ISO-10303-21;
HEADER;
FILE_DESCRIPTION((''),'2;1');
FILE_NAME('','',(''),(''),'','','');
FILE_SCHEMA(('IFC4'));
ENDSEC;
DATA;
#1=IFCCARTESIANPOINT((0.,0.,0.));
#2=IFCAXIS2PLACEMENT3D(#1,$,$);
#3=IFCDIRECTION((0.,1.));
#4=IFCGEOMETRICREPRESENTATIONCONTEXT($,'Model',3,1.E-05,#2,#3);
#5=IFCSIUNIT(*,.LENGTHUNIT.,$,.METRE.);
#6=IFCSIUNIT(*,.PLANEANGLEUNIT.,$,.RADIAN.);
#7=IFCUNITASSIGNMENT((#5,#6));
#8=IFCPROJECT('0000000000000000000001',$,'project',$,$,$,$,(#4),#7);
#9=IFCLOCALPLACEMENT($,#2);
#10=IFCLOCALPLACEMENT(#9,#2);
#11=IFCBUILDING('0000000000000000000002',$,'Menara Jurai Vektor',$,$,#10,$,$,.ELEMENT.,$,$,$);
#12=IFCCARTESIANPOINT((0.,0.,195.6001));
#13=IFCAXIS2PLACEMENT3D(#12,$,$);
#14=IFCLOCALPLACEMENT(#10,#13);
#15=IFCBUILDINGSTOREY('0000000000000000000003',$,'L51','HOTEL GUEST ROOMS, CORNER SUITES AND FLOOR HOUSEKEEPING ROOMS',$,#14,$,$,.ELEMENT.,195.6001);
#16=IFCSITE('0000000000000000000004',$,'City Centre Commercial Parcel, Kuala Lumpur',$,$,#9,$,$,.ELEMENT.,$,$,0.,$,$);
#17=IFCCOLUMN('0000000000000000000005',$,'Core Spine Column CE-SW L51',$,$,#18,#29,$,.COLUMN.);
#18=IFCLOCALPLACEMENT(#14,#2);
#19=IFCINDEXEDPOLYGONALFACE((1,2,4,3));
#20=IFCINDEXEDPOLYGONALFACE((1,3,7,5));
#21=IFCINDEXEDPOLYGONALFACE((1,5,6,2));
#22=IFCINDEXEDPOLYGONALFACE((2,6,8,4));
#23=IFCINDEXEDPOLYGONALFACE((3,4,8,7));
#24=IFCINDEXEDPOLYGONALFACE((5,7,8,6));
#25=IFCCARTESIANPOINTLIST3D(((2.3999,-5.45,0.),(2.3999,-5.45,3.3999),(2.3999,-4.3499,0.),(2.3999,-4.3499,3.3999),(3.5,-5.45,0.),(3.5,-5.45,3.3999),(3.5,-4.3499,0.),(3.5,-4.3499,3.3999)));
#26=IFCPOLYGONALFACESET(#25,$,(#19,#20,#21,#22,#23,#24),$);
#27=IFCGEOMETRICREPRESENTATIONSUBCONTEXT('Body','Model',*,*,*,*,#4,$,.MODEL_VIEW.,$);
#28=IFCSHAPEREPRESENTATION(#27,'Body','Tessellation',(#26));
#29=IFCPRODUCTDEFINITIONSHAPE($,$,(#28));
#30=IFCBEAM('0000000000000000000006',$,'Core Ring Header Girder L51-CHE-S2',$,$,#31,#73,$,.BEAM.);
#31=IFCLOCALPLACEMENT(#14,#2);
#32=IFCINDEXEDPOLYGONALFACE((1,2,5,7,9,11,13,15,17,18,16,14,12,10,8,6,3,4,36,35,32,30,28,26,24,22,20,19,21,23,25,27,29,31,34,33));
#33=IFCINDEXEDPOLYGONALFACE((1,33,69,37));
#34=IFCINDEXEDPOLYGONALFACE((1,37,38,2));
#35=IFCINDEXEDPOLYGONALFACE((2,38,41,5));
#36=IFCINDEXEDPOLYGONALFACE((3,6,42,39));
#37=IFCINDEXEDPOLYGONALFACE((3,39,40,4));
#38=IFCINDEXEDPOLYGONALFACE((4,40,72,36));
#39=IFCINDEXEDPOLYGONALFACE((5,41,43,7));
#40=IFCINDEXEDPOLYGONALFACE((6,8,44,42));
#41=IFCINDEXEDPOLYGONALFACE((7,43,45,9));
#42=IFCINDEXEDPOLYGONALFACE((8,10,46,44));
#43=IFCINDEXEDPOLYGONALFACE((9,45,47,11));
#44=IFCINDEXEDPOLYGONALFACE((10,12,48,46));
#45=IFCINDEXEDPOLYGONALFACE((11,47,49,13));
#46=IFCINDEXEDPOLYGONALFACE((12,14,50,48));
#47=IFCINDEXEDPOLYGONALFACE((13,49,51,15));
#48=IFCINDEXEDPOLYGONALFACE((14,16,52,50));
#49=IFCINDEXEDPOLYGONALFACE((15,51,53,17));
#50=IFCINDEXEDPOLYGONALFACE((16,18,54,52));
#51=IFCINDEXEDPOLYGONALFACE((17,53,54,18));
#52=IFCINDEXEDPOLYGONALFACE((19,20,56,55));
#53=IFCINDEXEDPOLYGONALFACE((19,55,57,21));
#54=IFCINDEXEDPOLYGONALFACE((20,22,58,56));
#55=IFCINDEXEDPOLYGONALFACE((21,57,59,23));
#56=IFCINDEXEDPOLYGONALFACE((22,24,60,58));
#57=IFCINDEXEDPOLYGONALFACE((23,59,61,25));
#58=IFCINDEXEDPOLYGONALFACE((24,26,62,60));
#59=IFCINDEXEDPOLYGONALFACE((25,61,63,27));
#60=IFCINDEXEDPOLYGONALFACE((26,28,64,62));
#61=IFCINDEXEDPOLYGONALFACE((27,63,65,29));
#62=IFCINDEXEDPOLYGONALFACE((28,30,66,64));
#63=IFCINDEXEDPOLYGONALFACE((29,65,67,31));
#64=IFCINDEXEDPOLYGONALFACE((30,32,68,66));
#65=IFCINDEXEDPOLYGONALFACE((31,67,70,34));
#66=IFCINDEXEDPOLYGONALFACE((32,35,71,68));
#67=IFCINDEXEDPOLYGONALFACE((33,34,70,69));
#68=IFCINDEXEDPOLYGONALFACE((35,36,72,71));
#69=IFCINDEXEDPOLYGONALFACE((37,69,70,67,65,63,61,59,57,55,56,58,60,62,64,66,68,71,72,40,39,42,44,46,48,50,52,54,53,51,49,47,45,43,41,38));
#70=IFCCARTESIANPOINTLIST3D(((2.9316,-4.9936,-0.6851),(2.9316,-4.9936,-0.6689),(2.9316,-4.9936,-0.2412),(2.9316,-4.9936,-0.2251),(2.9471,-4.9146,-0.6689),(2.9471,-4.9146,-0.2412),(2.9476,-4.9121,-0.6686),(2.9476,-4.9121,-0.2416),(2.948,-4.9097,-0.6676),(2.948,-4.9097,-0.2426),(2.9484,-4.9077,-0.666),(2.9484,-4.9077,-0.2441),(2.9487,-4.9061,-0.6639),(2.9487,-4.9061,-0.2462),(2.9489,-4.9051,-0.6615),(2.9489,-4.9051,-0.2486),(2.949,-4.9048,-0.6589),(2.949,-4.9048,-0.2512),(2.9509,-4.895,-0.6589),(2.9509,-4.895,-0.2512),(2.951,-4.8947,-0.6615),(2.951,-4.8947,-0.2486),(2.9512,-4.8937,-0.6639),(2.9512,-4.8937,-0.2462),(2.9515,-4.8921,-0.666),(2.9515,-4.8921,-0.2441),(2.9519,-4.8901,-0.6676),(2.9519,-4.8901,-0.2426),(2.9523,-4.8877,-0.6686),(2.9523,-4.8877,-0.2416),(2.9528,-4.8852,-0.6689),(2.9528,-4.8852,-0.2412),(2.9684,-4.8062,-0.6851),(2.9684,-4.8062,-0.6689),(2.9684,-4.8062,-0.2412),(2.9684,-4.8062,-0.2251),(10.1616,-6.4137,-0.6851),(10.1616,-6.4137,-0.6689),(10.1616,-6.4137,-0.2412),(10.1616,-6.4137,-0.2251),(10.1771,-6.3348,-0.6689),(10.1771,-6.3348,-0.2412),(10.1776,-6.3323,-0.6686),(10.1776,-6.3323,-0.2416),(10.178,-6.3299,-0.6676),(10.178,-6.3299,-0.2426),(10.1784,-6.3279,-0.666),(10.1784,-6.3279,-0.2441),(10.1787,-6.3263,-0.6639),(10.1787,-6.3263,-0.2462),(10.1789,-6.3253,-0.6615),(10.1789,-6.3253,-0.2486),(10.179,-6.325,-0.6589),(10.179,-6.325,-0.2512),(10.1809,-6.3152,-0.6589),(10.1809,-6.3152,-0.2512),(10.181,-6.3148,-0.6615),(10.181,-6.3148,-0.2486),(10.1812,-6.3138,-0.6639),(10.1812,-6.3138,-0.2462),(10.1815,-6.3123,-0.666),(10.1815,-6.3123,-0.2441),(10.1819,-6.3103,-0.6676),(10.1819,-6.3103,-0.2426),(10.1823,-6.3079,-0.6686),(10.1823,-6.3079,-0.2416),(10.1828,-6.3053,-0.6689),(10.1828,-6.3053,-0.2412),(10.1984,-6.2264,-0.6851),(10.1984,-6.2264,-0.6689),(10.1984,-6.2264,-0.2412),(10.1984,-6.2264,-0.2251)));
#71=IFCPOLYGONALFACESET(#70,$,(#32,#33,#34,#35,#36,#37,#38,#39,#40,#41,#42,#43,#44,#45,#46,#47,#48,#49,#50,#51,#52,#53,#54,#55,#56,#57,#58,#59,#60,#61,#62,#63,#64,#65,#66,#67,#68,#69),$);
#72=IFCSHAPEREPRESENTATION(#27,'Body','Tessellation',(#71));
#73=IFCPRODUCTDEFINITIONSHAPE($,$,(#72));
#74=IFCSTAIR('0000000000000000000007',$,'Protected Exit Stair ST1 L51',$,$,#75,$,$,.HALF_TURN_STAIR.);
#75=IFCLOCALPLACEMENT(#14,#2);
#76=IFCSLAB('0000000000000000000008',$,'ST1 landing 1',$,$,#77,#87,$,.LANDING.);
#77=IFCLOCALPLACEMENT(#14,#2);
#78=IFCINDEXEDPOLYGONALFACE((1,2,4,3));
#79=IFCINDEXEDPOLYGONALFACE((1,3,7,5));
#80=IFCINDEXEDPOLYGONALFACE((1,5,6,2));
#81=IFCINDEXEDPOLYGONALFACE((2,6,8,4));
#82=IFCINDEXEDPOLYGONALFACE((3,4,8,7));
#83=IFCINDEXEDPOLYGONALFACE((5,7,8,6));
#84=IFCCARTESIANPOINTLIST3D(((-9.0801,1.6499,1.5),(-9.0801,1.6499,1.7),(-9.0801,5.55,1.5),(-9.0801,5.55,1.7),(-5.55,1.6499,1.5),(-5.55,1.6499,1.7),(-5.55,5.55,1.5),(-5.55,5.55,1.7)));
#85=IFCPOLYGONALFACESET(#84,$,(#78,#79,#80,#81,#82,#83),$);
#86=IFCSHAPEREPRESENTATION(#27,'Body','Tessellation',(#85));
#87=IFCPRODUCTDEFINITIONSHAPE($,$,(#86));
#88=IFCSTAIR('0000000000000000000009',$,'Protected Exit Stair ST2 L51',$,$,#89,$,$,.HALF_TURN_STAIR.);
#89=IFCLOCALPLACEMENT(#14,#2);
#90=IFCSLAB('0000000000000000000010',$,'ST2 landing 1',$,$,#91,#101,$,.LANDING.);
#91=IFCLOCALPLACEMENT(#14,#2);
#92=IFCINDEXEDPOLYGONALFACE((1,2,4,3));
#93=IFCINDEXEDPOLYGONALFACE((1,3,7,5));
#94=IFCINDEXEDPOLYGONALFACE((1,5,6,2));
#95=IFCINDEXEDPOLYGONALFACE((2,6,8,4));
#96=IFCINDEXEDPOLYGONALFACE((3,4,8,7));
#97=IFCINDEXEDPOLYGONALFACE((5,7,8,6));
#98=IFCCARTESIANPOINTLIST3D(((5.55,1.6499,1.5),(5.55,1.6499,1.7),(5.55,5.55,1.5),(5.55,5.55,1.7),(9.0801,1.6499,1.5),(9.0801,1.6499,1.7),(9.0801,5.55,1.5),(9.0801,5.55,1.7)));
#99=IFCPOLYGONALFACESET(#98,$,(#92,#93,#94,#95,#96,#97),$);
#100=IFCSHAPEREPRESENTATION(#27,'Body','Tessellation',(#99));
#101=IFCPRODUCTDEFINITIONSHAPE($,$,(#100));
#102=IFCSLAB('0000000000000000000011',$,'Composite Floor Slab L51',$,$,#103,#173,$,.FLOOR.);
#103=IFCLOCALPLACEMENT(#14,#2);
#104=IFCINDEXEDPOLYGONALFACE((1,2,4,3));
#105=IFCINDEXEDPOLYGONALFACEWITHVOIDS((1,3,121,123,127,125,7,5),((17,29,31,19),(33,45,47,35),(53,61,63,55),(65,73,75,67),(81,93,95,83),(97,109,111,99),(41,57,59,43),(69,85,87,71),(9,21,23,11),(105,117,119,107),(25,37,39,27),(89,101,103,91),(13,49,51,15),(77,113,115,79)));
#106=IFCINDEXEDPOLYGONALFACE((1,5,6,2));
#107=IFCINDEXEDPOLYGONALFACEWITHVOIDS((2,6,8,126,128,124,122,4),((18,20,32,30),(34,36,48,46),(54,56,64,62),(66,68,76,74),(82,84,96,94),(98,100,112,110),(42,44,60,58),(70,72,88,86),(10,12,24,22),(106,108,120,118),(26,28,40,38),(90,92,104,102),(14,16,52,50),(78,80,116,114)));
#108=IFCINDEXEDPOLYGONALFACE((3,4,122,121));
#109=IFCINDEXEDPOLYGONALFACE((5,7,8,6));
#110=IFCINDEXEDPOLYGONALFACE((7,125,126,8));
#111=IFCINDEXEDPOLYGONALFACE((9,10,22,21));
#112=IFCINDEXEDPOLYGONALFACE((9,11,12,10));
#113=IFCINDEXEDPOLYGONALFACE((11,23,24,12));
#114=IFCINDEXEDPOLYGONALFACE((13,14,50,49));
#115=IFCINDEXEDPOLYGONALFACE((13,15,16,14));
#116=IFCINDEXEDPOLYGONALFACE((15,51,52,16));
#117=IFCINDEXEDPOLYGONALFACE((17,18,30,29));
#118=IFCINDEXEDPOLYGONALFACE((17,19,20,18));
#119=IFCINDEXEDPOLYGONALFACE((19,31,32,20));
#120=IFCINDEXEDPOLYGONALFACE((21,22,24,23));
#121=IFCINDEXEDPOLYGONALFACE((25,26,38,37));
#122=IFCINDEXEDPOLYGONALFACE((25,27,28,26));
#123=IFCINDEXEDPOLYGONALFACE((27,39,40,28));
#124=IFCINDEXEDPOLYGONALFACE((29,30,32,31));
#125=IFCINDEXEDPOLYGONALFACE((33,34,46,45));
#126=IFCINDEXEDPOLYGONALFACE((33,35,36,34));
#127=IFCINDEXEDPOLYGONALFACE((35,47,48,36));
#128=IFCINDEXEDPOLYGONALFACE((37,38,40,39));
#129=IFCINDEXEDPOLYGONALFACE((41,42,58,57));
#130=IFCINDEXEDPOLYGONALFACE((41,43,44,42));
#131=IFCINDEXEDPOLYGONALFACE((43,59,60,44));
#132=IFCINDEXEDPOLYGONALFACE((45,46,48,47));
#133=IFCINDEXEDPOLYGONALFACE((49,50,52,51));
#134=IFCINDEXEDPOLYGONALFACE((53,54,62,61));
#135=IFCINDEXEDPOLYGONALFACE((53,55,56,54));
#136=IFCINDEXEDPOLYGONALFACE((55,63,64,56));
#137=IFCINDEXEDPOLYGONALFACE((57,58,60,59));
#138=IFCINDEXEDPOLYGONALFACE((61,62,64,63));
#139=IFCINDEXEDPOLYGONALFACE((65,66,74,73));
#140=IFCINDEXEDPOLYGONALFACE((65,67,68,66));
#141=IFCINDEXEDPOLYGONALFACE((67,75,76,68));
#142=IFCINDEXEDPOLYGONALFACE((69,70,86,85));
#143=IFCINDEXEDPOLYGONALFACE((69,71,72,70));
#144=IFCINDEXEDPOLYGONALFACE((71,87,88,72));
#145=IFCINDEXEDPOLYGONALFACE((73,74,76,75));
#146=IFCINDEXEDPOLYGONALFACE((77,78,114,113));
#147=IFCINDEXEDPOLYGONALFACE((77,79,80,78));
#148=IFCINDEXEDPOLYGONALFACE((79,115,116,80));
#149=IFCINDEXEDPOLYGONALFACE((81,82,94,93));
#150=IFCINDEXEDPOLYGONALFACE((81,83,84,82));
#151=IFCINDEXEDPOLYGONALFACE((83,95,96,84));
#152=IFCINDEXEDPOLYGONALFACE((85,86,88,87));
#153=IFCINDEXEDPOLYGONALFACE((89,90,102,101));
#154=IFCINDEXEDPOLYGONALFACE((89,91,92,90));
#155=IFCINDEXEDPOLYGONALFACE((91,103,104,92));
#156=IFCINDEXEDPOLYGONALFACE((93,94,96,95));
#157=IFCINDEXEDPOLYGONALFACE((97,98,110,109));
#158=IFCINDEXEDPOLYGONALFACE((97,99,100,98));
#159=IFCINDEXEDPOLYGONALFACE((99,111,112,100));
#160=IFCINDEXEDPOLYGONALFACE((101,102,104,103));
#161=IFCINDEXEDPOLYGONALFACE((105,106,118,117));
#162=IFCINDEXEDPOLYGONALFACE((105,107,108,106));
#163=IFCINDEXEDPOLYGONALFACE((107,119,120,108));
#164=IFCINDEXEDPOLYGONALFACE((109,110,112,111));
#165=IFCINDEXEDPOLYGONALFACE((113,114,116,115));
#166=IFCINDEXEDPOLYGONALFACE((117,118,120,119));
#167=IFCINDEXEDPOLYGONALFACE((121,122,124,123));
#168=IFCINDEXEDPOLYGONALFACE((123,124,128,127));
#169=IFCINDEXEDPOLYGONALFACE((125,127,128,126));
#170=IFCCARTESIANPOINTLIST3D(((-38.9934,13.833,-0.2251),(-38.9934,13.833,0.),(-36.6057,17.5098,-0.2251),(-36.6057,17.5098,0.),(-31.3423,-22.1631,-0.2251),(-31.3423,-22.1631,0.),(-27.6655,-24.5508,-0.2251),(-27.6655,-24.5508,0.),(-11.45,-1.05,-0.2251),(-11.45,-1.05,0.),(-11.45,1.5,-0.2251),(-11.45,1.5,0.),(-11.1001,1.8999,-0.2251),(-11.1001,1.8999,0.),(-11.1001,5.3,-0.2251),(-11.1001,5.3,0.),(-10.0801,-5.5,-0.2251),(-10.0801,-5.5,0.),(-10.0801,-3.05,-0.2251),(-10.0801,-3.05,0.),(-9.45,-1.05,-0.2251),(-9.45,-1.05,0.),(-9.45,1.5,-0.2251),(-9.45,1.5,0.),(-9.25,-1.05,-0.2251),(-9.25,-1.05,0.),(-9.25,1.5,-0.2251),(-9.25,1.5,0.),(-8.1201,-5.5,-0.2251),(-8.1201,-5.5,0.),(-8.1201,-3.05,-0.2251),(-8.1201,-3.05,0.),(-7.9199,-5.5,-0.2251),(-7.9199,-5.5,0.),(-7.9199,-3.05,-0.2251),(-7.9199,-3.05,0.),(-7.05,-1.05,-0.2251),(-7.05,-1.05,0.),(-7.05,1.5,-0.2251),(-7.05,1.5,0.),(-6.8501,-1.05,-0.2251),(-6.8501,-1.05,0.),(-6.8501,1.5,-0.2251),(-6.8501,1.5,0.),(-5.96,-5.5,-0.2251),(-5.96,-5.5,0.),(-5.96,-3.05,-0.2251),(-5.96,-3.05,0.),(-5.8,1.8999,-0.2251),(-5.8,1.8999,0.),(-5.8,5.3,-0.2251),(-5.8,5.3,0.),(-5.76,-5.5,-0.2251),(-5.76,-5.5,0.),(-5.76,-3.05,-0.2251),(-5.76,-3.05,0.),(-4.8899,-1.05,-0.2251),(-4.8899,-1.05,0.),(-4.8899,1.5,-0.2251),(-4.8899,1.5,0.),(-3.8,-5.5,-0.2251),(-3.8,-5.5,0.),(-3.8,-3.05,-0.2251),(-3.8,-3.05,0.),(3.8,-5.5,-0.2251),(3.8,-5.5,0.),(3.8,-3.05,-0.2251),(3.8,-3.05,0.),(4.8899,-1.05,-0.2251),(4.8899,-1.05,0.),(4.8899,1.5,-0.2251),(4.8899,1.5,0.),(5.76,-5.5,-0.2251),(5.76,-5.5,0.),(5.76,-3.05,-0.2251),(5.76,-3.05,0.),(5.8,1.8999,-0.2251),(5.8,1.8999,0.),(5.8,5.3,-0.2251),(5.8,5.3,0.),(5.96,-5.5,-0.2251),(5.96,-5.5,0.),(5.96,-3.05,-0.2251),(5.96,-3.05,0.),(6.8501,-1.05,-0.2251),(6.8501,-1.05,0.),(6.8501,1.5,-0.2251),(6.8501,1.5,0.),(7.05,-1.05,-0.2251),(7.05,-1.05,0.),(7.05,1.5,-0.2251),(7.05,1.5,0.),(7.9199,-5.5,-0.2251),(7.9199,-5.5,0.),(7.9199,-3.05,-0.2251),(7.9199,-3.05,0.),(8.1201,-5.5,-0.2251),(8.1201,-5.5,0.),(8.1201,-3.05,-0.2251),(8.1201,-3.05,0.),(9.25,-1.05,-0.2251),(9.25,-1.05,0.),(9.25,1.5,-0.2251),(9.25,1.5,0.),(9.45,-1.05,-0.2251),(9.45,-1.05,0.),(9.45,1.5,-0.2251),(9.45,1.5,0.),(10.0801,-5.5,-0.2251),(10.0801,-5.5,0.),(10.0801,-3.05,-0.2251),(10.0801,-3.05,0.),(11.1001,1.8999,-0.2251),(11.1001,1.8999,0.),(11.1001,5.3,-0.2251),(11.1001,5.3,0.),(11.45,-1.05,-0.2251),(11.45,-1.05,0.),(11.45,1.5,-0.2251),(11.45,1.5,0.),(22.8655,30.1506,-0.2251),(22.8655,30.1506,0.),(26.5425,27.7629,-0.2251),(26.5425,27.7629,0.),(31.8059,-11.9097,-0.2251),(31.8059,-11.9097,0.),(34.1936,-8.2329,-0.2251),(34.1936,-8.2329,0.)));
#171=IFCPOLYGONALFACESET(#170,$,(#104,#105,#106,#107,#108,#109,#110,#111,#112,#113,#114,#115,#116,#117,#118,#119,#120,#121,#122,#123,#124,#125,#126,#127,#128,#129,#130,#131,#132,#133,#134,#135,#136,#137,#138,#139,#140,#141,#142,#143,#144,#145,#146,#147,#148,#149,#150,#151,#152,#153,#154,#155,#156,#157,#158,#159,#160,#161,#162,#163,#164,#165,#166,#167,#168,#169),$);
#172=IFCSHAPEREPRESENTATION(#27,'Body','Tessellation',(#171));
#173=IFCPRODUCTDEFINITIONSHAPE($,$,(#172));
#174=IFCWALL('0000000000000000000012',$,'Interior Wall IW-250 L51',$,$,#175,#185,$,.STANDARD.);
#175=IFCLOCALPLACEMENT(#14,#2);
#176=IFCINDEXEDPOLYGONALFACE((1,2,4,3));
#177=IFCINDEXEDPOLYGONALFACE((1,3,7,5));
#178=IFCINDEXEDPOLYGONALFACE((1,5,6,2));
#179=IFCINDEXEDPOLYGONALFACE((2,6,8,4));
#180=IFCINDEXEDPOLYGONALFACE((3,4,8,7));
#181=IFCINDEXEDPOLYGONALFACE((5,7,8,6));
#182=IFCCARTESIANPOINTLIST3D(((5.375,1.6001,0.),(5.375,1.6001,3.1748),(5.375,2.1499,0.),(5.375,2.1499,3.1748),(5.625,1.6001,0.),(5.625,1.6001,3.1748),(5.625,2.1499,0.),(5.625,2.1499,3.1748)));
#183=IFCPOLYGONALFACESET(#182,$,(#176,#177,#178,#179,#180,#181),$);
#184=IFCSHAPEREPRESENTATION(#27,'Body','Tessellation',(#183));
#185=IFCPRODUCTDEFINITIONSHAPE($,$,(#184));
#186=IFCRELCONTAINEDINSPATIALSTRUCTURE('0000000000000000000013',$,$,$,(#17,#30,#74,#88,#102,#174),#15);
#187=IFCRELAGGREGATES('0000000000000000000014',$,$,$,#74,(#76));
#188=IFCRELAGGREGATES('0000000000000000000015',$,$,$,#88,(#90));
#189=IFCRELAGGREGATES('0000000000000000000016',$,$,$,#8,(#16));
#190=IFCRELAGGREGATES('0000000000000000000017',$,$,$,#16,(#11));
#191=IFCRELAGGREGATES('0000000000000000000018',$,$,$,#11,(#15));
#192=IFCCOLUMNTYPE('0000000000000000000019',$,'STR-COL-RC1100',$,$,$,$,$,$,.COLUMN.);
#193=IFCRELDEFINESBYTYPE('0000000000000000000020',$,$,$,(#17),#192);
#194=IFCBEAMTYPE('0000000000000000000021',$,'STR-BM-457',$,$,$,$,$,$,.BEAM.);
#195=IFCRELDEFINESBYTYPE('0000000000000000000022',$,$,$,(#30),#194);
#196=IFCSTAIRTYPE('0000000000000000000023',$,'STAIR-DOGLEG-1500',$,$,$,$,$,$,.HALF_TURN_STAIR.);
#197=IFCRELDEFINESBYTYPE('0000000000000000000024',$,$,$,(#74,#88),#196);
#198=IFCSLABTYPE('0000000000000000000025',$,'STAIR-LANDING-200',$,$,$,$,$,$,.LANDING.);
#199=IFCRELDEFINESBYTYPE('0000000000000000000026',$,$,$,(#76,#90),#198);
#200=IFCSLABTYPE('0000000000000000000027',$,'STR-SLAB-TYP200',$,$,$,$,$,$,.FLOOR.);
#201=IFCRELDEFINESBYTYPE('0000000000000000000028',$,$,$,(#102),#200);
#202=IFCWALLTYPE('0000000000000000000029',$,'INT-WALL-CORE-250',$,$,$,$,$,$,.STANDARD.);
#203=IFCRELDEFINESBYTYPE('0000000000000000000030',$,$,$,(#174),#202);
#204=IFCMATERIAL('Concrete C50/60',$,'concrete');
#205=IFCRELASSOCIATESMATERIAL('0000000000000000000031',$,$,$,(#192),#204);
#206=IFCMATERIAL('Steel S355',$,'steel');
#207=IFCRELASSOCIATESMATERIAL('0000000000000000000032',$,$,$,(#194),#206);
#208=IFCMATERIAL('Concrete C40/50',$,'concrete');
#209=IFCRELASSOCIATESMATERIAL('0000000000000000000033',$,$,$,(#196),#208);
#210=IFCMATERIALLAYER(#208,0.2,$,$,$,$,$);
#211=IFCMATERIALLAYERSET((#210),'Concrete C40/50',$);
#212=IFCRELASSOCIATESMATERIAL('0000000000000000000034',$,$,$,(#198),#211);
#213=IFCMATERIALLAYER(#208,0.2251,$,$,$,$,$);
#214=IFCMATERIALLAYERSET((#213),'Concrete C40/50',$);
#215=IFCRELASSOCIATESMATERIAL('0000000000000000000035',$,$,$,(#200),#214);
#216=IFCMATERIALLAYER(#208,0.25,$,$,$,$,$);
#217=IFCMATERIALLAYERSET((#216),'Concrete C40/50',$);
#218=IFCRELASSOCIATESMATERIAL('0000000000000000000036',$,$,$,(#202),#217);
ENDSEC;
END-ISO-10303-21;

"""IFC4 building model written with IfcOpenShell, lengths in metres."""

from ifc_helpers import new_model, si_unit, direction, frame, frame_2d, origin, origin_2d, place, context, subcontext, project, spatial, polyline, rectangle, i_section, outline, extrude, material, layer, layer_set, material_profile, profile_set, type_object, element, aggregate, save


model = new_model("IFC4")

# Units and contexts
model_context = context("Model", 3, precision=1e-05, world=origin(), true_north=direction((0.0, 1.0)))
body_context = subcontext(model_context, "Body", "Model", "MODEL_VIEW")
ifc_project = project(units=[si_unit("LENGTHUNIT", "METRE"), si_unit("PLANEANGLEUNIT", "RADIAN")], contexts=[model_context])

# Site, building, storey
site_placement = place(None, origin())
site = spatial("IfcSite", under=ifc_project, at=site_placement, Name="City Centre Commercial Parcel, Kuala Lumpur", CompositionType="ELEMENT", RefElevation=0.0)
building_placement = place(site_placement, origin())
building = spatial("IfcBuilding", under=site, at=building_placement, Name="Menara Jurai Vektor", CompositionType="ELEMENT")
storey_placement = place(building_placement, frame((0.0, 0.0, 195.6001)))
storey = spatial("IfcBuildingStorey", under=building, at=storey_placement, Name="L51", Description="HOTEL GUEST ROOMS, CORNER SUITES AND FLOOR HOUSEKEEPING ROOMS", CompositionType="ELEMENT", Elevation=195.6001)

# Column
ifc_material_1 = material(Name="Concrete C50/60", Category="concrete")
ifc_material_profile_1 = material_profile(ifc_material_1, rectangle(XDim=1.1001, YDim=1.1001, at=origin_2d()), Name="RC 1100x1100")
ifc_profile_set_1 = profile_set([ifc_material_profile_1], Name="Concrete C50/60")
column_type = type_object("IfcColumnType", Name="STR-COL-RC1100", PredefinedType="COLUMN", material=ifc_profile_set_1)
column_placement = place(storey_placement, frame((2.95, -4.8999, 0.0), z_axis=(0.0, 0.0, 1.0), x_axis=(1.0, 0.0, 0.0)))
element("IfcColumn", 1, at=column_placement, inside=storey, type_object=column_type, Name="Core Spine Column CE-SW L51", PredefinedType="COLUMN", context=body_context, shape_type="SweptSolid", body=[
    extrude(rectangle(XDim=1.1001, YDim=1.1001, at=origin_2d()), origin(), (0.0, 0.0, 1.0), 3.3999),
])

# Beam
ifc_material_2 = material(Name="Steel S355", Category="steel")
ifc_material_profile_2 = material_profile(ifc_material_2, i_section(OverallWidth=0.1909, OverallDepth=0.46, WebThickness=0.01, FlangeThickness=0.0161, FilletRadius=0.01, at=origin_2d()), Name="UKB 457x191x82")
ifc_profile_set_2 = profile_set([ifc_material_profile_2], Name="Steel S355")
beam_type = type_object("IfcBeamType", Name="STR-BM-457", PredefinedType="BEAM", material=ifc_profile_set_2)
beam_placement = place(storey_placement, frame((2.95, -4.8999, -0.4551), z_axis=(0.981249, -0.192744, 0.0), x_axis=(0.192744, 0.981249, 0.0)))
element("IfcBeam", 2, at=beam_placement, inside=storey, type_object=beam_type, Name="Core Ring Header Girder L51-CHE-S2", PredefinedType="BEAM", context=body_context, shape_type="SweptSolid", body=[
    extrude(i_section(OverallWidth=0.1909, OverallDepth=0.46, WebThickness=0.01, FlangeThickness=0.0161, FilletRadius=0.01, at=origin_2d()), origin(), (0.0, 0.0, 1.0), 7.3682),
])

# Stairs, slabs
ifc_material_3 = material(Name="Concrete C40/50", Category="concrete")
stair_type = type_object("IfcStairType", Name="STAIR-DOGLEG-1500", PredefinedType="HALF_TURN_STAIR", material=ifc_material_3)
stair_1_placement = place(storey_placement, origin())
stair_1 = element("IfcStair", 3, at=stair_1_placement, inside=storey, type_object=stair_type, Name="Protected Exit Stair ST1 L51", PredefinedType="HALF_TURN_STAIR")
ifc_layer_1 = layer(ifc_material_3, 0.2)
ifc_layer_set_1 = layer_set([ifc_layer_1], Name="Concrete C40/50")
slab_type_1 = type_object("IfcSlabType", Name="STAIR-LANDING-200", PredefinedType="LANDING", material=ifc_layer_set_1)
slab_1_placement = place(storey_placement, frame((0.0, 0.0, 1.5)))
slab_1 = element("IfcSlab", 4, at=slab_1_placement, type_object=slab_type_1, Name="ST1 landing 1", PredefinedType="LANDING", context=body_context, shape_type="SweptSolid", body=[
    extrude(outline(polyline([(-9.0801, 1.6499), (-5.55, 1.6499), (-5.55, 5.55), (-9.0801, 5.55), (-9.0801, 1.6499)])), origin(), (0.0, 0.0, 1.0), 0.2),
])
aggregate(stair_1, [slab_1])
stair_2_placement = place(storey_placement, origin())
stair_2 = element("IfcStair", 5, at=stair_2_placement, inside=storey, type_object=stair_type, Name="Protected Exit Stair ST2 L51", PredefinedType="HALF_TURN_STAIR")
slab_2_placement = place(storey_placement, frame((0.0, 0.0, 1.5)))
slab_2 = element("IfcSlab", 6, at=slab_2_placement, type_object=slab_type_1, Name="ST2 landing 1", PredefinedType="LANDING", context=body_context, shape_type="SweptSolid", body=[
    extrude(outline(polyline([(5.55, 1.6499), (9.0801, 1.6499), (9.0801, 5.55), (5.55, 5.55), (5.55, 1.6499)])), origin(), (0.0, 0.0, 1.0), 0.2),
])
aggregate(stair_2, [slab_2])

# Slab
ifc_layer_2 = layer(ifc_material_3, 0.2251)
ifc_layer_set_2 = layer_set([ifc_layer_2], Name="Concrete C40/50")
slab_type_2 = type_object("IfcSlabType", Name="STR-SLAB-TYP200", PredefinedType="FLOOR", material=ifc_layer_set_2)
slab_3_placement = place(storey_placement, frame((0.0, 0.0, -0.2251)))
element("IfcSlab", 7, at=slab_3_placement, inside=storey, type_object=slab_type_2, Name="Composite Floor Slab L51", PredefinedType="FLOOR", context=body_context, shape_type="SweptSolid", body=[
    extrude(outline(polyline([(-27.6655, -24.5508), (31.8059, -11.9097), (34.1936, -8.2329), (26.5425, 27.7629), (22.8655, 30.1506), (-36.6057, 17.5098), (-38.9934, 13.833), (-31.3423, -22.1631), (-27.6655, -24.5508)]), holes=[polyline([(-11.1001, 1.8999), (-11.1001, 5.3), (-5.8, 5.3), (-5.8, 1.8999), (-11.1001, 1.8999)]), polyline([(5.8, 1.8999), (5.8, 5.3), (11.1001, 5.3), (11.1001, 1.8999), (5.8, 1.8999)]), polyline([(-11.45, -1.05), (-11.45, 1.5), (-9.45, 1.5), (-9.45, -1.05), (-11.45, -1.05)]), polyline([(9.45, -1.05), (9.45, 1.5), (11.45, 1.5), (11.45, -1.05), (9.45, -1.05)]), polyline([(-5.76, -5.5), (-5.76, -3.05), (-3.8, -3.05), (-3.8, -5.5), (-5.76, -5.5)]), polyline([(-6.8501, -1.05), (-6.8501, 1.5), (-4.8899, 1.5), (-4.8899, -1.05), (-6.8501, -1.05)]), polyline([(3.8, -5.5), (3.8, -3.05), (5.76, -3.05), (5.76, -5.5), (3.8, -5.5)]), polyline([(4.8899, -1.05), (4.8899, 1.5), (6.8501, 1.5), (6.8501, -1.05), (4.8899, -1.05)]), polyline([(-10.0801, -5.5), (-10.0801, -3.05), (-8.1201, -3.05), (-8.1201, -5.5), (-10.0801, -5.5)]), polyline([(-7.9199, -5.5), (-7.9199, -3.05), (-5.96, -3.05), (-5.96, -5.5), (-7.9199, -5.5)]), polyline([(5.96, -5.5), (5.96, -3.05), (7.9199, -3.05), (7.9199, -5.5), (5.96, -5.5)]), polyline([(8.1201, -5.5), (8.1201, -3.05), (10.0801, -3.05), (10.0801, -5.5), (8.1201, -5.5)]), polyline([(-9.25, -1.05), (-9.25, 1.5), (-7.05, 1.5), (-7.05, -1.05), (-9.25, -1.05)]), polyline([(7.05, -1.05), (7.05, 1.5), (9.25, 1.5), (9.25, -1.05), (7.05, -1.05)])]), origin(), (0.0, 0.0, 1.0), 0.2251),
])

# Wall
ifc_layer_3 = layer(ifc_material_3, 0.25)
ifc_layer_set_3 = layer_set([ifc_layer_3], Name="Concrete C40/50")
wall_type_1 = type_object("IfcWallType", Name="INT-WALL-CORE-250", PredefinedType="STANDARD", material=ifc_layer_set_3)
wall_1_placement = place(storey_placement, frame((5.5, 1.6001, 0.0), z_axis=(0.0, 0.0, 1.0), x_axis=(0.0, 1.0, 0.0)))
element("IfcWall", 8, at=wall_1_placement, inside=storey, type_object=wall_type_1, Name="Interior Wall IW-250 L51", PredefinedType="STANDARD", context=body_context, shape_type="SweptSolid", body=[
    extrude(rectangle(XDim=0.5498, YDim=0.25, at=frame_2d((0.2749, 0.0))), origin(), (0.0, 0.0, 1.0), 3.1748),
])

save(model, "model.ifc")
